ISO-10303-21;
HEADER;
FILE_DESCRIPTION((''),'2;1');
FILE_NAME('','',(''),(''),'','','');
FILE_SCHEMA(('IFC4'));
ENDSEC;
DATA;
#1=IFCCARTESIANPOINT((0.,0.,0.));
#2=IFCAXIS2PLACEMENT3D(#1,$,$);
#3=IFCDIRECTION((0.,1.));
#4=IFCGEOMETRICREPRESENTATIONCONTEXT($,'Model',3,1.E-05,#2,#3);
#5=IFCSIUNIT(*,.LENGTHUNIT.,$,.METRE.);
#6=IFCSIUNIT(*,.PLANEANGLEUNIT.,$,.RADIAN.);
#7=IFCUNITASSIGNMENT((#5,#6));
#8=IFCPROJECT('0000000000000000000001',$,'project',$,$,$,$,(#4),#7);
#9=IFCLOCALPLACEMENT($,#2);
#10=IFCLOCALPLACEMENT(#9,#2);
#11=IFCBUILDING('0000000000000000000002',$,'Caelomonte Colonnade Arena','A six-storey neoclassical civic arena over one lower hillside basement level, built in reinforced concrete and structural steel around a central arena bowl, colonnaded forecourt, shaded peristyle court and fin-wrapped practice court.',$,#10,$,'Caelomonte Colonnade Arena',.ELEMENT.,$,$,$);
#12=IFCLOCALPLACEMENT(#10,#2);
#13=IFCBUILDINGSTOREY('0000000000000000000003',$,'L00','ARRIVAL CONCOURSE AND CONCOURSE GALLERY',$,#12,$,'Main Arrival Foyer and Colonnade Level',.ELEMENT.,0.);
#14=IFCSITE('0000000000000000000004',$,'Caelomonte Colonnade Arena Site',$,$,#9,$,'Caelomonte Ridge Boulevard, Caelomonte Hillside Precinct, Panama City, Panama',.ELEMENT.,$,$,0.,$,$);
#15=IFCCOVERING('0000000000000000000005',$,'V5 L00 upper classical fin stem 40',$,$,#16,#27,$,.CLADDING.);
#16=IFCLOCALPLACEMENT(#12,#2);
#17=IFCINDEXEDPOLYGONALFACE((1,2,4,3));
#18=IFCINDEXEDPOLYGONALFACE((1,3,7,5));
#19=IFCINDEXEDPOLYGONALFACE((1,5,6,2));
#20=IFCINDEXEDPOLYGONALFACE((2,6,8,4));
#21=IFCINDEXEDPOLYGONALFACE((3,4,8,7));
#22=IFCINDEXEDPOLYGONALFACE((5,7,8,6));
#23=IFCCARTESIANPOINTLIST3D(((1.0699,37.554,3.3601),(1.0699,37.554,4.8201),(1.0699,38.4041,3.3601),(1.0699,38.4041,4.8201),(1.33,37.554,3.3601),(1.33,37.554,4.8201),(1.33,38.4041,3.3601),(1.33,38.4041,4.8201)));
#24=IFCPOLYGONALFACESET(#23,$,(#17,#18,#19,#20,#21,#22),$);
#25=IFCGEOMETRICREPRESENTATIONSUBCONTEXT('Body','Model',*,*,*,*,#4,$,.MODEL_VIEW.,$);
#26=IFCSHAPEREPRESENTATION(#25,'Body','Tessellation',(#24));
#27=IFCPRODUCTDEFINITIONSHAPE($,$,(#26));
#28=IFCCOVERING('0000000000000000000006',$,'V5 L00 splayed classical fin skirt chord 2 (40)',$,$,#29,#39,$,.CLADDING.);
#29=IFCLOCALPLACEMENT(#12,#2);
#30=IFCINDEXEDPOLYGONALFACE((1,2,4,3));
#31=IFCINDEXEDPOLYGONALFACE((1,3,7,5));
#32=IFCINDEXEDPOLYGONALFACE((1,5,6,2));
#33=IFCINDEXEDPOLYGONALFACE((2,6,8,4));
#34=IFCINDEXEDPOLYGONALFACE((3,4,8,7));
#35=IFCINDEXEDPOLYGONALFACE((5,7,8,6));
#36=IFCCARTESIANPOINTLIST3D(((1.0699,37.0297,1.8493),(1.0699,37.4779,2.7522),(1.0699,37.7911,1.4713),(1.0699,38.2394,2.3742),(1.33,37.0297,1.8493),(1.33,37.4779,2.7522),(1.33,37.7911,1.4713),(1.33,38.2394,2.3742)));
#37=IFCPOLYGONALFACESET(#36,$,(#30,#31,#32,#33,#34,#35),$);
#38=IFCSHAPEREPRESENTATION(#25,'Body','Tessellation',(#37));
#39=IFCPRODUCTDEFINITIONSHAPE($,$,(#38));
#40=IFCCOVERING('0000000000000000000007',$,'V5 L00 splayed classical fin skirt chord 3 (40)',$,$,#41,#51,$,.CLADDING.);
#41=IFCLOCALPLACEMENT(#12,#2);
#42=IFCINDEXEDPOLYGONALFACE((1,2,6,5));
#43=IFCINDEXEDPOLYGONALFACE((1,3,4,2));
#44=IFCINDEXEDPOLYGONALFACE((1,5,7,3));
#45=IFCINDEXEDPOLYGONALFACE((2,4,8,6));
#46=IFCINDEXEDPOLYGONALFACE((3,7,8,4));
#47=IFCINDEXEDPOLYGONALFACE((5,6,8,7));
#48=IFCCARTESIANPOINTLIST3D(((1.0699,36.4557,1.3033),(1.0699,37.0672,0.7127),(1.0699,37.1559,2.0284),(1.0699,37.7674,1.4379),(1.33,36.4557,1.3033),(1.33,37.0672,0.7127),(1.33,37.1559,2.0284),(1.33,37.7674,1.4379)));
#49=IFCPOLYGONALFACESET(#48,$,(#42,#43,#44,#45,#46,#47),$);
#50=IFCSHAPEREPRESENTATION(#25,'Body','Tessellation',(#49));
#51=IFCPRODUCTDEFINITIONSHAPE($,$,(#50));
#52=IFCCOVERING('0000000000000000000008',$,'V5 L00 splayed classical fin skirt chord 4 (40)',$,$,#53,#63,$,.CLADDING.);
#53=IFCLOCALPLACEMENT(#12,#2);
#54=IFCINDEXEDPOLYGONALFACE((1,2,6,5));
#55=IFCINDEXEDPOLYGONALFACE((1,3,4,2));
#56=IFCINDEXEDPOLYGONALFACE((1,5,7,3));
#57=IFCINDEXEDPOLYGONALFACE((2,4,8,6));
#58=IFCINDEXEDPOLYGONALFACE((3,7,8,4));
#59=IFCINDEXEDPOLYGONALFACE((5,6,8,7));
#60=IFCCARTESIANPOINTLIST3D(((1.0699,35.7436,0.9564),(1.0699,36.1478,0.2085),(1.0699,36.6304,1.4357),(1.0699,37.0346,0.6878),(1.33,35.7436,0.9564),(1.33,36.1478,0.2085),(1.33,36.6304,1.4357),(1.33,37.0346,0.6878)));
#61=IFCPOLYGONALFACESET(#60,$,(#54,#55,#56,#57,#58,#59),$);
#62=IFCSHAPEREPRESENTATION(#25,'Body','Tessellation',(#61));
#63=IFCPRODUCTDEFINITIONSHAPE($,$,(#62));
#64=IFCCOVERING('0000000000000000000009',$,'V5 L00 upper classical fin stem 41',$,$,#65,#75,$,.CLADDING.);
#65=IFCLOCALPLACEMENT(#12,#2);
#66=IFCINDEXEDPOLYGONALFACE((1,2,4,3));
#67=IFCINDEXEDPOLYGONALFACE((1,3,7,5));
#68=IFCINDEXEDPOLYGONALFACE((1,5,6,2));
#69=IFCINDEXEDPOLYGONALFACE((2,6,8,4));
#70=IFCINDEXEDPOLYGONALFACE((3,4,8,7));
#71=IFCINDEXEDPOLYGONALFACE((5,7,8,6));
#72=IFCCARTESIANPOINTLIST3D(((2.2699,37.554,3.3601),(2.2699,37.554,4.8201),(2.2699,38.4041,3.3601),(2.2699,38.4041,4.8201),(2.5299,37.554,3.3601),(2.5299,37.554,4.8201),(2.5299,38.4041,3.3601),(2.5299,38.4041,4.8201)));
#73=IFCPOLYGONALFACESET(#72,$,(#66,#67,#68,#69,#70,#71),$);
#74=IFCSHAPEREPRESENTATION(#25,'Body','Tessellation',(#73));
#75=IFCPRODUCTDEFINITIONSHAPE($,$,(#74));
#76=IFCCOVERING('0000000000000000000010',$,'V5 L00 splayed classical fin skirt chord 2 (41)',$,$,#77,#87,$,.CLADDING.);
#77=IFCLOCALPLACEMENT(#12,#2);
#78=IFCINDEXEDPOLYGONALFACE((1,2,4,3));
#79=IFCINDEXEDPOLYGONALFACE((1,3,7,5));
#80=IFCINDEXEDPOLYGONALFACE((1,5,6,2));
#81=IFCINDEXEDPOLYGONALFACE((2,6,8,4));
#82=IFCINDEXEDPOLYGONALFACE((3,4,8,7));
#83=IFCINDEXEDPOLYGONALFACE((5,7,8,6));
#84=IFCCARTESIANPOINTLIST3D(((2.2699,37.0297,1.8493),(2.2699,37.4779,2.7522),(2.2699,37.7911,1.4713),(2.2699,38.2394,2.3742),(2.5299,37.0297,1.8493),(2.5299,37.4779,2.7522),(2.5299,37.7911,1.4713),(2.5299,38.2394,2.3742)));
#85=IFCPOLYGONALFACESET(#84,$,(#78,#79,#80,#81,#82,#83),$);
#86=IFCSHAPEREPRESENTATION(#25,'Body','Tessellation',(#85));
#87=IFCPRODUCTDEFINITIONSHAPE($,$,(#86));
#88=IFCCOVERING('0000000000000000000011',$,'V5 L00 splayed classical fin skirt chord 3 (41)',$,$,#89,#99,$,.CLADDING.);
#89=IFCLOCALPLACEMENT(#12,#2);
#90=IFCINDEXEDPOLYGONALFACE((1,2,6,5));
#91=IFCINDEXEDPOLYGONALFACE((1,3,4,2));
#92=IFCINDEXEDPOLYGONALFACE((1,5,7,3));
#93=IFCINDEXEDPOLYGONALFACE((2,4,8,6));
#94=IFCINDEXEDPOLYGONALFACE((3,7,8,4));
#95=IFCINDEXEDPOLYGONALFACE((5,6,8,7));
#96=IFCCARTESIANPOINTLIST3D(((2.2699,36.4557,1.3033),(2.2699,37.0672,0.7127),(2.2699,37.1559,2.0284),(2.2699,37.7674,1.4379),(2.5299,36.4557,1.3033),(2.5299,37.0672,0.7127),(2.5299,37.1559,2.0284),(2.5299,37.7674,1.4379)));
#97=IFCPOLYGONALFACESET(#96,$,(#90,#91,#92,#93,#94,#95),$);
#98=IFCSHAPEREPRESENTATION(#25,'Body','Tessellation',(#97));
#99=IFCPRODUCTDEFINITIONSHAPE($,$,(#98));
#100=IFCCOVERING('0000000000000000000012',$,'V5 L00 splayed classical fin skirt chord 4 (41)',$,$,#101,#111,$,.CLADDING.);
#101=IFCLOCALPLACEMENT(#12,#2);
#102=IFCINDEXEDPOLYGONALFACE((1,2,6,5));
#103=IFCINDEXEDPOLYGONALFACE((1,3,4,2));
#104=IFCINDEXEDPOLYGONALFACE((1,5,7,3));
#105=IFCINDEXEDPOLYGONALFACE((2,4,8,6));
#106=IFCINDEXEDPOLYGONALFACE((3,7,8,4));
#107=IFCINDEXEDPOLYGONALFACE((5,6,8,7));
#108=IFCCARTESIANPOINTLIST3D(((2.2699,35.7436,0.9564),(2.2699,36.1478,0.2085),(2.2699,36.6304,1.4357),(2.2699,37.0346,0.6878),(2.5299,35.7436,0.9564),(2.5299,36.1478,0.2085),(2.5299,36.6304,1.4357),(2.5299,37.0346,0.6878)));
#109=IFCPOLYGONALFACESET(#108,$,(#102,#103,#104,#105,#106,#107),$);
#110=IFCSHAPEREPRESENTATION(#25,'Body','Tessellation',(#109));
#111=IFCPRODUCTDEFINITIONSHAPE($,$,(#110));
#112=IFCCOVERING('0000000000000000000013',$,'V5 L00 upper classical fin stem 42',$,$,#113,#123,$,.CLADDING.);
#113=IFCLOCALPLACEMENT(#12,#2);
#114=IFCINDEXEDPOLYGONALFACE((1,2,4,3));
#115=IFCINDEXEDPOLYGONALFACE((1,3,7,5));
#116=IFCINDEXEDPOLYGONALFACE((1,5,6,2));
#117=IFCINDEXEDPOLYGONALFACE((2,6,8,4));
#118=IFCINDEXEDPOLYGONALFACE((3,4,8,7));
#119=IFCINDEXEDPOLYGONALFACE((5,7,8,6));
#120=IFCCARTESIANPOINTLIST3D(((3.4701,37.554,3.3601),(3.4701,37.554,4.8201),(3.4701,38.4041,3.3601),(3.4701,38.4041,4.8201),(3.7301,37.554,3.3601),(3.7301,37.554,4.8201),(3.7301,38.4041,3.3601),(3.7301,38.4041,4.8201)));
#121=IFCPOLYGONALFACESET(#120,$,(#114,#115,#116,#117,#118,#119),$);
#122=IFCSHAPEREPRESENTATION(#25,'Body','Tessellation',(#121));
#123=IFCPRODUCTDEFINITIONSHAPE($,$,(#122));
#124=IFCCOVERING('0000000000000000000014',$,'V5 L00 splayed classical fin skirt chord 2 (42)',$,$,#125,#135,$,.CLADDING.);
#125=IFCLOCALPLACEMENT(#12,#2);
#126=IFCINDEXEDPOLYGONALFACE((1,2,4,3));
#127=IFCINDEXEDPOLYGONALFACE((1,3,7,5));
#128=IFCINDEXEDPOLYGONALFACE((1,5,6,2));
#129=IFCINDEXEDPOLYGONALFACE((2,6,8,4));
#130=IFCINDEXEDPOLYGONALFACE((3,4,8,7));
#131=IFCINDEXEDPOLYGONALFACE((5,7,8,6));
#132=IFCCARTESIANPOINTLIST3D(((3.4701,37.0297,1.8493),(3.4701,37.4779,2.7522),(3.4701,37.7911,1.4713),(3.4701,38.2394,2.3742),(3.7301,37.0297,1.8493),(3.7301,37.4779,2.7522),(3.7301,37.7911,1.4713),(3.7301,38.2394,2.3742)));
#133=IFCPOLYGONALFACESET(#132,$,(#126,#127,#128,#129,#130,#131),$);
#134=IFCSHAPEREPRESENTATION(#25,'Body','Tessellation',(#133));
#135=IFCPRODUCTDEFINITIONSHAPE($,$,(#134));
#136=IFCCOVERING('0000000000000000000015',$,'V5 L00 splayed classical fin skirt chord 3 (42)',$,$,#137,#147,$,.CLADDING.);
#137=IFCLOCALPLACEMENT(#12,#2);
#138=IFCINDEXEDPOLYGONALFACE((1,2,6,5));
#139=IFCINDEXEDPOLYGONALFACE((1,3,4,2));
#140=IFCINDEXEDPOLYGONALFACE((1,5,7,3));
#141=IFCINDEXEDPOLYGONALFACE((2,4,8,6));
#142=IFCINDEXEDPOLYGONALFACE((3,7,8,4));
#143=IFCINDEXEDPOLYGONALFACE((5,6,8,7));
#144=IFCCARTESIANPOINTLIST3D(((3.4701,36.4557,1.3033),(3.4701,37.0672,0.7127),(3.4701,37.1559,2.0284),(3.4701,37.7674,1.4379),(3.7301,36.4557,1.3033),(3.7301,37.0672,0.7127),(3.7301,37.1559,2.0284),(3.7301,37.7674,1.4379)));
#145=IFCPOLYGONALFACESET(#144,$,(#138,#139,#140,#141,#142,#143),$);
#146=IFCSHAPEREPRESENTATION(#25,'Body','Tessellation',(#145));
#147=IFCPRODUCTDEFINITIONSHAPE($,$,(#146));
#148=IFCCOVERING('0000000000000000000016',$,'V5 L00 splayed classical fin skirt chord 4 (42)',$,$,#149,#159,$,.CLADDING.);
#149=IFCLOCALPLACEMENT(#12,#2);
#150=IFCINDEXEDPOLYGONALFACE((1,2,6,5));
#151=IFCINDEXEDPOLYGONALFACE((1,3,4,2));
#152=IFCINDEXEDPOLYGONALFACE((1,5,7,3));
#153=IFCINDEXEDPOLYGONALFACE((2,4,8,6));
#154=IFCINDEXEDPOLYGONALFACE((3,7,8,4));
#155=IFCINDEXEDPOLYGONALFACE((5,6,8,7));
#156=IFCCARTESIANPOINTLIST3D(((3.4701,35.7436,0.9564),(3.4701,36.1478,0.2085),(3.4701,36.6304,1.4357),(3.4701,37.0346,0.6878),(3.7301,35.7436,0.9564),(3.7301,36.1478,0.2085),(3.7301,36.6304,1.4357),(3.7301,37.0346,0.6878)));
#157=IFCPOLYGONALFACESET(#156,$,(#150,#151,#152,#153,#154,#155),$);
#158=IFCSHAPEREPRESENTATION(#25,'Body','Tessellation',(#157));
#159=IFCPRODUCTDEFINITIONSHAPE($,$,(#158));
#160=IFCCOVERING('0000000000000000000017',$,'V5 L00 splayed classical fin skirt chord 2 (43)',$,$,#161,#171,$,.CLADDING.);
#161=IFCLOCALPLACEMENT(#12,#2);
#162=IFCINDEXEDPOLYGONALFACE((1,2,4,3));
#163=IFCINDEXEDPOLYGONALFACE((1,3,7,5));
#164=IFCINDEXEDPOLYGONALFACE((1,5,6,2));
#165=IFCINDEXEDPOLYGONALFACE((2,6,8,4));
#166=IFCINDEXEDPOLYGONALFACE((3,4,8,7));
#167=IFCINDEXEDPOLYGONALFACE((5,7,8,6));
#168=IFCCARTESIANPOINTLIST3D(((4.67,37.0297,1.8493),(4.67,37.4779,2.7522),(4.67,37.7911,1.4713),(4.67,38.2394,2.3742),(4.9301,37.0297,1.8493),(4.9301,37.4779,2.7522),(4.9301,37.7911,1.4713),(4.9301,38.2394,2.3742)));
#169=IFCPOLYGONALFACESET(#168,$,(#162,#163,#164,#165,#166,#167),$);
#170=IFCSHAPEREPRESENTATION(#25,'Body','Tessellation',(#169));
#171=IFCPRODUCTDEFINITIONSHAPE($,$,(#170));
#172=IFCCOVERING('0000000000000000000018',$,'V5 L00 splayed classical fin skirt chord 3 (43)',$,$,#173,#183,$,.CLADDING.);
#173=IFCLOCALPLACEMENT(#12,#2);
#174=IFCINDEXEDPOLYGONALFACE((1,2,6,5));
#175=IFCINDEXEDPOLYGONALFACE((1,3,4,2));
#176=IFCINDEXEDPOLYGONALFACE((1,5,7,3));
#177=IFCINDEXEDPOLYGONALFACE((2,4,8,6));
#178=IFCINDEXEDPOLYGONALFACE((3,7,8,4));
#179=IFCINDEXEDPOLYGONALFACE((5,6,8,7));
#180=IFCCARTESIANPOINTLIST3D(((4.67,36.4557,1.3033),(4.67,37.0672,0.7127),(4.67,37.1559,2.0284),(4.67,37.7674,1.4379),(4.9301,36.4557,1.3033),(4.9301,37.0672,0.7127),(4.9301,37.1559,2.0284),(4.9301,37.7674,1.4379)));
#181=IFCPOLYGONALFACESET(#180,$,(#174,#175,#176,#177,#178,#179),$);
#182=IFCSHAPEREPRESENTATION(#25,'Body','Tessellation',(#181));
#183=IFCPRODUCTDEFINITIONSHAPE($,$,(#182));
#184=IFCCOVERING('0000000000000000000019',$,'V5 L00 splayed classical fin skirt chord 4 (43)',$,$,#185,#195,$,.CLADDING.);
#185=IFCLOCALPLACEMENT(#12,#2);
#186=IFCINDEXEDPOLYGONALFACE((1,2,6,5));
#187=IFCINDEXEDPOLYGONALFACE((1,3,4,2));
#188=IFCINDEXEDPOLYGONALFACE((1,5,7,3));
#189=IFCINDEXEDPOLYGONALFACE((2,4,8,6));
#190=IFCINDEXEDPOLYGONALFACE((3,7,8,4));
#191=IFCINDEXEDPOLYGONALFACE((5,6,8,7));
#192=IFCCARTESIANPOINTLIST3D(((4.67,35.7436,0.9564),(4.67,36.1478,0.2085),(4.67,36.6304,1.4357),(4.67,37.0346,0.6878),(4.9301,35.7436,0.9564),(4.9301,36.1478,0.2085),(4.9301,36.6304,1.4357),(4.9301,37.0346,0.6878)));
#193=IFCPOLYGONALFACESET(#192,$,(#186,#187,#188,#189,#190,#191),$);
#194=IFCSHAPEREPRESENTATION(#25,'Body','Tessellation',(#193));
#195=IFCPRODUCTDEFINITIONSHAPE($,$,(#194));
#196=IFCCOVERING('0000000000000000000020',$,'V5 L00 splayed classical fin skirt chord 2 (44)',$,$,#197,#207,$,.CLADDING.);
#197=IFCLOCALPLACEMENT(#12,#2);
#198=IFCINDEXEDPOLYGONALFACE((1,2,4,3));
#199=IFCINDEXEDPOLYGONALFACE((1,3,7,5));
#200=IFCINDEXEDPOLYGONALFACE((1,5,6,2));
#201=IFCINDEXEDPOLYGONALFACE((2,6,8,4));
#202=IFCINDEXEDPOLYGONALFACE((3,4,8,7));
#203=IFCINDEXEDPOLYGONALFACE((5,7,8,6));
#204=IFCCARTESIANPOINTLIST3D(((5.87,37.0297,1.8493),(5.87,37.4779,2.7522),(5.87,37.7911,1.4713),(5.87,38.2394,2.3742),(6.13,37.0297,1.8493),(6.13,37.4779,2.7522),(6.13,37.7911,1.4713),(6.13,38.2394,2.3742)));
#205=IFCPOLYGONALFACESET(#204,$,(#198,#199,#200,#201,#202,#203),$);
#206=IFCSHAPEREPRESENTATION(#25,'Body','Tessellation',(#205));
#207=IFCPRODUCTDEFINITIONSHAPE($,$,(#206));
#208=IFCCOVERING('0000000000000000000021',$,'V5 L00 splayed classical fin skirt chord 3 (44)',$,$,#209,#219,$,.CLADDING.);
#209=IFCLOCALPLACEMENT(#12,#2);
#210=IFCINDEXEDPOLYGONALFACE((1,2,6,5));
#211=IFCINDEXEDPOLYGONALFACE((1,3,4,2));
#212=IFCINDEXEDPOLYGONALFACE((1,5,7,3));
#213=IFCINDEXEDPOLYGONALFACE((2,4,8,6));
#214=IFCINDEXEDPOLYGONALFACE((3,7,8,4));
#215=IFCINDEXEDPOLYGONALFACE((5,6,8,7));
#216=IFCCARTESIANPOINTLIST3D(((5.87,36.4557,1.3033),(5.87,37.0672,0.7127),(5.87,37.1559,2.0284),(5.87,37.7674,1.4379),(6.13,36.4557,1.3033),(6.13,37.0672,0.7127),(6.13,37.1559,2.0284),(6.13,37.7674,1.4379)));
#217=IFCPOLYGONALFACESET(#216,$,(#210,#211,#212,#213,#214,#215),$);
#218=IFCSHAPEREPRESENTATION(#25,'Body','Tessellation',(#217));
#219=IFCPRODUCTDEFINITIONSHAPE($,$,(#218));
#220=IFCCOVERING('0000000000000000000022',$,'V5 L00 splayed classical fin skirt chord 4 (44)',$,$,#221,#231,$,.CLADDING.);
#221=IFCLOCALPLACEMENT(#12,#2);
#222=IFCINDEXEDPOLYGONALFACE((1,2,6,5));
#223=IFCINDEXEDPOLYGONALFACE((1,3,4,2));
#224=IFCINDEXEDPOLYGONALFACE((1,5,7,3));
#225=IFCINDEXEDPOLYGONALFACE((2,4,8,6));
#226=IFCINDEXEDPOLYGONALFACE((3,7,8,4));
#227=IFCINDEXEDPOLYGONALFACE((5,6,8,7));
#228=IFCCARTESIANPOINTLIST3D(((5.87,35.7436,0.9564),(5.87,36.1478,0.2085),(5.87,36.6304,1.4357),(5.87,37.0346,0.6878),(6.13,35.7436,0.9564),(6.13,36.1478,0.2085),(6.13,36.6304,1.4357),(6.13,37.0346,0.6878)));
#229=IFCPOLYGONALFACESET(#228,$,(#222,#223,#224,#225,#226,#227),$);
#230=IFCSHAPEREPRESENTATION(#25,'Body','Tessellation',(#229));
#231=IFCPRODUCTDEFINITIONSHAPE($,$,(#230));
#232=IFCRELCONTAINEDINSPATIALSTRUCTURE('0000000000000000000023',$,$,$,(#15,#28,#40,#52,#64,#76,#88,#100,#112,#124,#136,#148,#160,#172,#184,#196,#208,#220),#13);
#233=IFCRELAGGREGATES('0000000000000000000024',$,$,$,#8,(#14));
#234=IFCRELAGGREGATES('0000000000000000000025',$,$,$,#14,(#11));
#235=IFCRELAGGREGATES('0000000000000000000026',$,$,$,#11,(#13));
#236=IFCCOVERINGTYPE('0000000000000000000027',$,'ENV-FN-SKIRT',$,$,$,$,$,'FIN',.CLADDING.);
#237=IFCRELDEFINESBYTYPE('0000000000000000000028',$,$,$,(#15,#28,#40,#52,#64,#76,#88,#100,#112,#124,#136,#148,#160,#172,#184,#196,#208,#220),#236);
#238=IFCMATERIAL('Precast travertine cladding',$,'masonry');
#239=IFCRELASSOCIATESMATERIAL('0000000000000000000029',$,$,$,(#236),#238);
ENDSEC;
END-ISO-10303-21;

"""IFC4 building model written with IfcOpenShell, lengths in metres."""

from ifc_helpers import new_model, si_unit, direction, frame, origin, origin_2d, place, context, subcontext, project, spatial, rectangle, extrude, material, material_profile, profile_set, type_object, element, save


model = new_model("IFC4")

# Units and contexts
model_context = context("Model", 3, precision=1e-05, world=origin(), true_north=direction((0.0, 1.0)))
body_context = subcontext(model_context, "Body", "Model", "MODEL_VIEW")
ifc_project = project(units=[si_unit("LENGTHUNIT", "METRE"), si_unit("PLANEANGLEUNIT", "RADIAN")], contexts=[model_context])

# Site, building, storey
site_placement = place(None, origin())
site = spatial("IfcSite", under=ifc_project, at=site_placement, Name="Caelomonte Colonnade Arena Site", LongName="Caelomonte Ridge Boulevard, Caelomonte Hillside Precinct, Panama City, Panama", CompositionType="ELEMENT", RefElevation=0.0)
building_placement = place(site_placement, origin())
building = spatial("IfcBuilding", under=site, at=building_placement, Name="Caelomonte Colonnade Arena", Description="A six-storey neoclassical civic arena over one lower hillside basement level, built in reinforced concrete and structural steel around a central arena bowl, colonnaded forecourt, shaded peristyle court and fin-wrapped practice court.", LongName="Caelomonte Colonnade Arena", CompositionType="ELEMENT")
storey_placement = place(building_placement, origin())
storey = spatial("IfcBuildingStorey", under=building, at=storey_placement, Name="L00", Description="ARRIVAL CONCOURSE AND CONCOURSE GALLERY", LongName="Main Arrival Foyer and Colonnade Level", CompositionType="ELEMENT", Elevation=0.0)

# Coverings
ifc_material = material(Name="Precast travertine cladding", Category="masonry")
ifc_material_profile = material_profile(ifc_material, rectangle(XDim=0.26, YDim=0.8501, at=origin_2d()), Name="FIN260X850")
ifc_profile_set = profile_set([ifc_material_profile], Name="Precast travertine cladding")
covering_type = type_object("IfcCoveringType", Name="ENV-FN-SKIRT", ElementType="FIN", PredefinedType="CLADDING", material=ifc_profile_set)
covering_1_placement = place(storey_placement, frame((1.2, 37.979, 3.3601), z_axis=(0.0, 0.0, 1.0), x_axis=(-1.0, 0.0, 0.0)))
element("IfcCovering", 1, at=covering_1_placement, inside=storey, type_object=covering_type, Name="V5 L00 upper classical fin stem 40", PredefinedType="CLADDING", context=body_context, shape_type="SweptSolid", body=[
    extrude(rectangle(XDim=0.26, YDim=0.8501, at=origin_2d()), origin(), (0.0, 0.0, 1.0), 1.46),
])
for number, where, z_axis, x_axis, name in (
    (2, (1.2, 37.8586, 2.5632), (0.0, -0.444693, -0.895683), (-1.0, 0.0, 0.0), "V5 L00 splayed classical fin skirt chord 2 (40)"),
    (3, (1.2, 37.4617, 1.7332), (0.0, -0.694646, -0.719351), (-1.0, 0.0, 0.0), "V5 L00 splayed classical fin skirt chord 3 (40)"),
    (4, (1.2, 36.8325, 1.0618), (0.0, -0.879731, -0.475471), (-1.0, 0.0, 0.0), "V5 L00 splayed classical fin skirt chord 4 (40)"),
):
    element("IfcCovering", number, at=place(storey_placement, frame(where, z_axis=z_axis, x_axis=x_axis)), inside=storey, type_object=covering_type, Name=name, PredefinedType="CLADDING", context=body_context, shape_type="SweptSolid", body=[
        extrude(rectangle(XDim=0.26, YDim=0.8501, at=origin_2d()), origin(), (0.0, 0.0, 1.0), 1.0081),
    ])
covering_2_placement = place(storey_placement, frame((2.3999, 37.979, 3.3601), z_axis=(0.0, 0.0, 1.0), x_axis=(-1.0, 0.0, 0.0)))
element("IfcCovering", 5, at=covering_2_placement, inside=storey, type_object=covering_type, Name="V5 L00 upper classical fin stem 41", PredefinedType="CLADDING", context=body_context, shape_type="SweptSolid", body=[
    extrude(rectangle(XDim=0.26, YDim=0.8501, at=origin_2d()), origin(), (0.0, 0.0, 1.0), 1.46),
])
for number, where, z_axis, x_axis, name in (
    (6, (2.3999, 37.8586, 2.5632), (0.0, -0.444693, -0.895683), (-1.0, 0.0, 0.0), "V5 L00 splayed classical fin skirt chord 2 (41)"),
    (7, (2.3999, 37.4617, 1.7332), (0.0, -0.694646, -0.719351), (-1.0, 0.0, 0.0), "V5 L00 splayed classical fin skirt chord 3 (41)"),
    (8, (2.3999, 36.8325, 1.0618), (0.0, -0.879731, -0.475471), (-1.0, 0.0, 0.0), "V5 L00 splayed classical fin skirt chord 4 (41)"),
):
    element("IfcCovering", number, at=place(storey_placement, frame(where, z_axis=z_axis, x_axis=x_axis)), inside=storey, type_object=covering_type, Name=name, PredefinedType="CLADDING", context=body_context, shape_type="SweptSolid", body=[
        extrude(rectangle(XDim=0.26, YDim=0.8501, at=origin_2d()), origin(), (0.0, 0.0, 1.0), 1.0081),
    ])
covering_3_placement = place(storey_placement, frame((3.6001, 37.979, 3.3601), z_axis=(0.0, 0.0, 1.0), x_axis=(-1.0, 0.0, 0.0)))
element("IfcCovering", 9, at=covering_3_placement, inside=storey, type_object=covering_type, Name="V5 L00 upper classical fin stem 42", PredefinedType="CLADDING", context=body_context, shape_type="SweptSolid", body=[
    extrude(rectangle(XDim=0.26, YDim=0.8501, at=origin_2d()), origin(), (0.0, 0.0, 1.0), 1.46),
])
for number, where, z_axis, x_axis, name in (
    (10, (3.6001, 37.8586, 2.5632), (0.0, -0.444693, -0.895683), (-1.0, 0.0, 0.0), "V5 L00 splayed classical fin skirt chord 2 (42)"),
    (11, (3.6001, 37.4617, 1.7332), (0.0, -0.694646, -0.719351), (-1.0, 0.0, 0.0), "V5 L00 splayed classical fin skirt chord 3 (42)"),
    (12, (3.6001, 36.8325, 1.0618), (0.0, -0.879731, -0.475471), (-1.0, 0.0, 0.0), "V5 L00 splayed classical fin skirt chord 4 (42)"),
    (13, (4.8, 37.8586, 2.5632), (0.0, -0.444693, -0.895683), (-1.0, 0.0, 0.0), "V5 L00 splayed classical fin skirt chord 2 (43)"),
    (14, (4.8, 37.4617, 1.7332), (0.0, -0.694646, -0.719351), (-1.0, 0.0, 0.0), "V5 L00 splayed classical fin skirt chord 3 (43)"),
    (15, (4.8, 36.8325, 1.0618), (0.0, -0.879731, -0.475471), (-1.0, 0.0, 0.0), "V5 L00 splayed classical fin skirt chord 4 (43)"),
    (16, (6.0, 37.8586, 2.5632), (0.0, -0.444693, -0.895683), (-1.0, 0.0, 0.0), "V5 L00 splayed classical fin skirt chord 2 (44)"),
    (17, (6.0, 37.4617, 1.7332), (0.0, -0.694646, -0.719351), (-1.0, 0.0, 0.0), "V5 L00 splayed classical fin skirt chord 3 (44)"),
    (18, (6.0, 36.8325, 1.0618), (0.0, -0.879731, -0.475471), (-1.0, 0.0, 0.0), "V5 L00 splayed classical fin skirt chord 4 (44)"),
):
    element("IfcCovering", number, at=place(storey_placement, frame(where, z_axis=z_axis, x_axis=x_axis)), inside=storey, type_object=covering_type, Name=name, PredefinedType="CLADDING", context=body_context, shape_type="SweptSolid", body=[
        extrude(rectangle(XDim=0.26, YDim=0.8501, at=origin_2d()), origin(), (0.0, 0.0, 1.0), 1.0081),
    ])

save(model, "model.ifc")
